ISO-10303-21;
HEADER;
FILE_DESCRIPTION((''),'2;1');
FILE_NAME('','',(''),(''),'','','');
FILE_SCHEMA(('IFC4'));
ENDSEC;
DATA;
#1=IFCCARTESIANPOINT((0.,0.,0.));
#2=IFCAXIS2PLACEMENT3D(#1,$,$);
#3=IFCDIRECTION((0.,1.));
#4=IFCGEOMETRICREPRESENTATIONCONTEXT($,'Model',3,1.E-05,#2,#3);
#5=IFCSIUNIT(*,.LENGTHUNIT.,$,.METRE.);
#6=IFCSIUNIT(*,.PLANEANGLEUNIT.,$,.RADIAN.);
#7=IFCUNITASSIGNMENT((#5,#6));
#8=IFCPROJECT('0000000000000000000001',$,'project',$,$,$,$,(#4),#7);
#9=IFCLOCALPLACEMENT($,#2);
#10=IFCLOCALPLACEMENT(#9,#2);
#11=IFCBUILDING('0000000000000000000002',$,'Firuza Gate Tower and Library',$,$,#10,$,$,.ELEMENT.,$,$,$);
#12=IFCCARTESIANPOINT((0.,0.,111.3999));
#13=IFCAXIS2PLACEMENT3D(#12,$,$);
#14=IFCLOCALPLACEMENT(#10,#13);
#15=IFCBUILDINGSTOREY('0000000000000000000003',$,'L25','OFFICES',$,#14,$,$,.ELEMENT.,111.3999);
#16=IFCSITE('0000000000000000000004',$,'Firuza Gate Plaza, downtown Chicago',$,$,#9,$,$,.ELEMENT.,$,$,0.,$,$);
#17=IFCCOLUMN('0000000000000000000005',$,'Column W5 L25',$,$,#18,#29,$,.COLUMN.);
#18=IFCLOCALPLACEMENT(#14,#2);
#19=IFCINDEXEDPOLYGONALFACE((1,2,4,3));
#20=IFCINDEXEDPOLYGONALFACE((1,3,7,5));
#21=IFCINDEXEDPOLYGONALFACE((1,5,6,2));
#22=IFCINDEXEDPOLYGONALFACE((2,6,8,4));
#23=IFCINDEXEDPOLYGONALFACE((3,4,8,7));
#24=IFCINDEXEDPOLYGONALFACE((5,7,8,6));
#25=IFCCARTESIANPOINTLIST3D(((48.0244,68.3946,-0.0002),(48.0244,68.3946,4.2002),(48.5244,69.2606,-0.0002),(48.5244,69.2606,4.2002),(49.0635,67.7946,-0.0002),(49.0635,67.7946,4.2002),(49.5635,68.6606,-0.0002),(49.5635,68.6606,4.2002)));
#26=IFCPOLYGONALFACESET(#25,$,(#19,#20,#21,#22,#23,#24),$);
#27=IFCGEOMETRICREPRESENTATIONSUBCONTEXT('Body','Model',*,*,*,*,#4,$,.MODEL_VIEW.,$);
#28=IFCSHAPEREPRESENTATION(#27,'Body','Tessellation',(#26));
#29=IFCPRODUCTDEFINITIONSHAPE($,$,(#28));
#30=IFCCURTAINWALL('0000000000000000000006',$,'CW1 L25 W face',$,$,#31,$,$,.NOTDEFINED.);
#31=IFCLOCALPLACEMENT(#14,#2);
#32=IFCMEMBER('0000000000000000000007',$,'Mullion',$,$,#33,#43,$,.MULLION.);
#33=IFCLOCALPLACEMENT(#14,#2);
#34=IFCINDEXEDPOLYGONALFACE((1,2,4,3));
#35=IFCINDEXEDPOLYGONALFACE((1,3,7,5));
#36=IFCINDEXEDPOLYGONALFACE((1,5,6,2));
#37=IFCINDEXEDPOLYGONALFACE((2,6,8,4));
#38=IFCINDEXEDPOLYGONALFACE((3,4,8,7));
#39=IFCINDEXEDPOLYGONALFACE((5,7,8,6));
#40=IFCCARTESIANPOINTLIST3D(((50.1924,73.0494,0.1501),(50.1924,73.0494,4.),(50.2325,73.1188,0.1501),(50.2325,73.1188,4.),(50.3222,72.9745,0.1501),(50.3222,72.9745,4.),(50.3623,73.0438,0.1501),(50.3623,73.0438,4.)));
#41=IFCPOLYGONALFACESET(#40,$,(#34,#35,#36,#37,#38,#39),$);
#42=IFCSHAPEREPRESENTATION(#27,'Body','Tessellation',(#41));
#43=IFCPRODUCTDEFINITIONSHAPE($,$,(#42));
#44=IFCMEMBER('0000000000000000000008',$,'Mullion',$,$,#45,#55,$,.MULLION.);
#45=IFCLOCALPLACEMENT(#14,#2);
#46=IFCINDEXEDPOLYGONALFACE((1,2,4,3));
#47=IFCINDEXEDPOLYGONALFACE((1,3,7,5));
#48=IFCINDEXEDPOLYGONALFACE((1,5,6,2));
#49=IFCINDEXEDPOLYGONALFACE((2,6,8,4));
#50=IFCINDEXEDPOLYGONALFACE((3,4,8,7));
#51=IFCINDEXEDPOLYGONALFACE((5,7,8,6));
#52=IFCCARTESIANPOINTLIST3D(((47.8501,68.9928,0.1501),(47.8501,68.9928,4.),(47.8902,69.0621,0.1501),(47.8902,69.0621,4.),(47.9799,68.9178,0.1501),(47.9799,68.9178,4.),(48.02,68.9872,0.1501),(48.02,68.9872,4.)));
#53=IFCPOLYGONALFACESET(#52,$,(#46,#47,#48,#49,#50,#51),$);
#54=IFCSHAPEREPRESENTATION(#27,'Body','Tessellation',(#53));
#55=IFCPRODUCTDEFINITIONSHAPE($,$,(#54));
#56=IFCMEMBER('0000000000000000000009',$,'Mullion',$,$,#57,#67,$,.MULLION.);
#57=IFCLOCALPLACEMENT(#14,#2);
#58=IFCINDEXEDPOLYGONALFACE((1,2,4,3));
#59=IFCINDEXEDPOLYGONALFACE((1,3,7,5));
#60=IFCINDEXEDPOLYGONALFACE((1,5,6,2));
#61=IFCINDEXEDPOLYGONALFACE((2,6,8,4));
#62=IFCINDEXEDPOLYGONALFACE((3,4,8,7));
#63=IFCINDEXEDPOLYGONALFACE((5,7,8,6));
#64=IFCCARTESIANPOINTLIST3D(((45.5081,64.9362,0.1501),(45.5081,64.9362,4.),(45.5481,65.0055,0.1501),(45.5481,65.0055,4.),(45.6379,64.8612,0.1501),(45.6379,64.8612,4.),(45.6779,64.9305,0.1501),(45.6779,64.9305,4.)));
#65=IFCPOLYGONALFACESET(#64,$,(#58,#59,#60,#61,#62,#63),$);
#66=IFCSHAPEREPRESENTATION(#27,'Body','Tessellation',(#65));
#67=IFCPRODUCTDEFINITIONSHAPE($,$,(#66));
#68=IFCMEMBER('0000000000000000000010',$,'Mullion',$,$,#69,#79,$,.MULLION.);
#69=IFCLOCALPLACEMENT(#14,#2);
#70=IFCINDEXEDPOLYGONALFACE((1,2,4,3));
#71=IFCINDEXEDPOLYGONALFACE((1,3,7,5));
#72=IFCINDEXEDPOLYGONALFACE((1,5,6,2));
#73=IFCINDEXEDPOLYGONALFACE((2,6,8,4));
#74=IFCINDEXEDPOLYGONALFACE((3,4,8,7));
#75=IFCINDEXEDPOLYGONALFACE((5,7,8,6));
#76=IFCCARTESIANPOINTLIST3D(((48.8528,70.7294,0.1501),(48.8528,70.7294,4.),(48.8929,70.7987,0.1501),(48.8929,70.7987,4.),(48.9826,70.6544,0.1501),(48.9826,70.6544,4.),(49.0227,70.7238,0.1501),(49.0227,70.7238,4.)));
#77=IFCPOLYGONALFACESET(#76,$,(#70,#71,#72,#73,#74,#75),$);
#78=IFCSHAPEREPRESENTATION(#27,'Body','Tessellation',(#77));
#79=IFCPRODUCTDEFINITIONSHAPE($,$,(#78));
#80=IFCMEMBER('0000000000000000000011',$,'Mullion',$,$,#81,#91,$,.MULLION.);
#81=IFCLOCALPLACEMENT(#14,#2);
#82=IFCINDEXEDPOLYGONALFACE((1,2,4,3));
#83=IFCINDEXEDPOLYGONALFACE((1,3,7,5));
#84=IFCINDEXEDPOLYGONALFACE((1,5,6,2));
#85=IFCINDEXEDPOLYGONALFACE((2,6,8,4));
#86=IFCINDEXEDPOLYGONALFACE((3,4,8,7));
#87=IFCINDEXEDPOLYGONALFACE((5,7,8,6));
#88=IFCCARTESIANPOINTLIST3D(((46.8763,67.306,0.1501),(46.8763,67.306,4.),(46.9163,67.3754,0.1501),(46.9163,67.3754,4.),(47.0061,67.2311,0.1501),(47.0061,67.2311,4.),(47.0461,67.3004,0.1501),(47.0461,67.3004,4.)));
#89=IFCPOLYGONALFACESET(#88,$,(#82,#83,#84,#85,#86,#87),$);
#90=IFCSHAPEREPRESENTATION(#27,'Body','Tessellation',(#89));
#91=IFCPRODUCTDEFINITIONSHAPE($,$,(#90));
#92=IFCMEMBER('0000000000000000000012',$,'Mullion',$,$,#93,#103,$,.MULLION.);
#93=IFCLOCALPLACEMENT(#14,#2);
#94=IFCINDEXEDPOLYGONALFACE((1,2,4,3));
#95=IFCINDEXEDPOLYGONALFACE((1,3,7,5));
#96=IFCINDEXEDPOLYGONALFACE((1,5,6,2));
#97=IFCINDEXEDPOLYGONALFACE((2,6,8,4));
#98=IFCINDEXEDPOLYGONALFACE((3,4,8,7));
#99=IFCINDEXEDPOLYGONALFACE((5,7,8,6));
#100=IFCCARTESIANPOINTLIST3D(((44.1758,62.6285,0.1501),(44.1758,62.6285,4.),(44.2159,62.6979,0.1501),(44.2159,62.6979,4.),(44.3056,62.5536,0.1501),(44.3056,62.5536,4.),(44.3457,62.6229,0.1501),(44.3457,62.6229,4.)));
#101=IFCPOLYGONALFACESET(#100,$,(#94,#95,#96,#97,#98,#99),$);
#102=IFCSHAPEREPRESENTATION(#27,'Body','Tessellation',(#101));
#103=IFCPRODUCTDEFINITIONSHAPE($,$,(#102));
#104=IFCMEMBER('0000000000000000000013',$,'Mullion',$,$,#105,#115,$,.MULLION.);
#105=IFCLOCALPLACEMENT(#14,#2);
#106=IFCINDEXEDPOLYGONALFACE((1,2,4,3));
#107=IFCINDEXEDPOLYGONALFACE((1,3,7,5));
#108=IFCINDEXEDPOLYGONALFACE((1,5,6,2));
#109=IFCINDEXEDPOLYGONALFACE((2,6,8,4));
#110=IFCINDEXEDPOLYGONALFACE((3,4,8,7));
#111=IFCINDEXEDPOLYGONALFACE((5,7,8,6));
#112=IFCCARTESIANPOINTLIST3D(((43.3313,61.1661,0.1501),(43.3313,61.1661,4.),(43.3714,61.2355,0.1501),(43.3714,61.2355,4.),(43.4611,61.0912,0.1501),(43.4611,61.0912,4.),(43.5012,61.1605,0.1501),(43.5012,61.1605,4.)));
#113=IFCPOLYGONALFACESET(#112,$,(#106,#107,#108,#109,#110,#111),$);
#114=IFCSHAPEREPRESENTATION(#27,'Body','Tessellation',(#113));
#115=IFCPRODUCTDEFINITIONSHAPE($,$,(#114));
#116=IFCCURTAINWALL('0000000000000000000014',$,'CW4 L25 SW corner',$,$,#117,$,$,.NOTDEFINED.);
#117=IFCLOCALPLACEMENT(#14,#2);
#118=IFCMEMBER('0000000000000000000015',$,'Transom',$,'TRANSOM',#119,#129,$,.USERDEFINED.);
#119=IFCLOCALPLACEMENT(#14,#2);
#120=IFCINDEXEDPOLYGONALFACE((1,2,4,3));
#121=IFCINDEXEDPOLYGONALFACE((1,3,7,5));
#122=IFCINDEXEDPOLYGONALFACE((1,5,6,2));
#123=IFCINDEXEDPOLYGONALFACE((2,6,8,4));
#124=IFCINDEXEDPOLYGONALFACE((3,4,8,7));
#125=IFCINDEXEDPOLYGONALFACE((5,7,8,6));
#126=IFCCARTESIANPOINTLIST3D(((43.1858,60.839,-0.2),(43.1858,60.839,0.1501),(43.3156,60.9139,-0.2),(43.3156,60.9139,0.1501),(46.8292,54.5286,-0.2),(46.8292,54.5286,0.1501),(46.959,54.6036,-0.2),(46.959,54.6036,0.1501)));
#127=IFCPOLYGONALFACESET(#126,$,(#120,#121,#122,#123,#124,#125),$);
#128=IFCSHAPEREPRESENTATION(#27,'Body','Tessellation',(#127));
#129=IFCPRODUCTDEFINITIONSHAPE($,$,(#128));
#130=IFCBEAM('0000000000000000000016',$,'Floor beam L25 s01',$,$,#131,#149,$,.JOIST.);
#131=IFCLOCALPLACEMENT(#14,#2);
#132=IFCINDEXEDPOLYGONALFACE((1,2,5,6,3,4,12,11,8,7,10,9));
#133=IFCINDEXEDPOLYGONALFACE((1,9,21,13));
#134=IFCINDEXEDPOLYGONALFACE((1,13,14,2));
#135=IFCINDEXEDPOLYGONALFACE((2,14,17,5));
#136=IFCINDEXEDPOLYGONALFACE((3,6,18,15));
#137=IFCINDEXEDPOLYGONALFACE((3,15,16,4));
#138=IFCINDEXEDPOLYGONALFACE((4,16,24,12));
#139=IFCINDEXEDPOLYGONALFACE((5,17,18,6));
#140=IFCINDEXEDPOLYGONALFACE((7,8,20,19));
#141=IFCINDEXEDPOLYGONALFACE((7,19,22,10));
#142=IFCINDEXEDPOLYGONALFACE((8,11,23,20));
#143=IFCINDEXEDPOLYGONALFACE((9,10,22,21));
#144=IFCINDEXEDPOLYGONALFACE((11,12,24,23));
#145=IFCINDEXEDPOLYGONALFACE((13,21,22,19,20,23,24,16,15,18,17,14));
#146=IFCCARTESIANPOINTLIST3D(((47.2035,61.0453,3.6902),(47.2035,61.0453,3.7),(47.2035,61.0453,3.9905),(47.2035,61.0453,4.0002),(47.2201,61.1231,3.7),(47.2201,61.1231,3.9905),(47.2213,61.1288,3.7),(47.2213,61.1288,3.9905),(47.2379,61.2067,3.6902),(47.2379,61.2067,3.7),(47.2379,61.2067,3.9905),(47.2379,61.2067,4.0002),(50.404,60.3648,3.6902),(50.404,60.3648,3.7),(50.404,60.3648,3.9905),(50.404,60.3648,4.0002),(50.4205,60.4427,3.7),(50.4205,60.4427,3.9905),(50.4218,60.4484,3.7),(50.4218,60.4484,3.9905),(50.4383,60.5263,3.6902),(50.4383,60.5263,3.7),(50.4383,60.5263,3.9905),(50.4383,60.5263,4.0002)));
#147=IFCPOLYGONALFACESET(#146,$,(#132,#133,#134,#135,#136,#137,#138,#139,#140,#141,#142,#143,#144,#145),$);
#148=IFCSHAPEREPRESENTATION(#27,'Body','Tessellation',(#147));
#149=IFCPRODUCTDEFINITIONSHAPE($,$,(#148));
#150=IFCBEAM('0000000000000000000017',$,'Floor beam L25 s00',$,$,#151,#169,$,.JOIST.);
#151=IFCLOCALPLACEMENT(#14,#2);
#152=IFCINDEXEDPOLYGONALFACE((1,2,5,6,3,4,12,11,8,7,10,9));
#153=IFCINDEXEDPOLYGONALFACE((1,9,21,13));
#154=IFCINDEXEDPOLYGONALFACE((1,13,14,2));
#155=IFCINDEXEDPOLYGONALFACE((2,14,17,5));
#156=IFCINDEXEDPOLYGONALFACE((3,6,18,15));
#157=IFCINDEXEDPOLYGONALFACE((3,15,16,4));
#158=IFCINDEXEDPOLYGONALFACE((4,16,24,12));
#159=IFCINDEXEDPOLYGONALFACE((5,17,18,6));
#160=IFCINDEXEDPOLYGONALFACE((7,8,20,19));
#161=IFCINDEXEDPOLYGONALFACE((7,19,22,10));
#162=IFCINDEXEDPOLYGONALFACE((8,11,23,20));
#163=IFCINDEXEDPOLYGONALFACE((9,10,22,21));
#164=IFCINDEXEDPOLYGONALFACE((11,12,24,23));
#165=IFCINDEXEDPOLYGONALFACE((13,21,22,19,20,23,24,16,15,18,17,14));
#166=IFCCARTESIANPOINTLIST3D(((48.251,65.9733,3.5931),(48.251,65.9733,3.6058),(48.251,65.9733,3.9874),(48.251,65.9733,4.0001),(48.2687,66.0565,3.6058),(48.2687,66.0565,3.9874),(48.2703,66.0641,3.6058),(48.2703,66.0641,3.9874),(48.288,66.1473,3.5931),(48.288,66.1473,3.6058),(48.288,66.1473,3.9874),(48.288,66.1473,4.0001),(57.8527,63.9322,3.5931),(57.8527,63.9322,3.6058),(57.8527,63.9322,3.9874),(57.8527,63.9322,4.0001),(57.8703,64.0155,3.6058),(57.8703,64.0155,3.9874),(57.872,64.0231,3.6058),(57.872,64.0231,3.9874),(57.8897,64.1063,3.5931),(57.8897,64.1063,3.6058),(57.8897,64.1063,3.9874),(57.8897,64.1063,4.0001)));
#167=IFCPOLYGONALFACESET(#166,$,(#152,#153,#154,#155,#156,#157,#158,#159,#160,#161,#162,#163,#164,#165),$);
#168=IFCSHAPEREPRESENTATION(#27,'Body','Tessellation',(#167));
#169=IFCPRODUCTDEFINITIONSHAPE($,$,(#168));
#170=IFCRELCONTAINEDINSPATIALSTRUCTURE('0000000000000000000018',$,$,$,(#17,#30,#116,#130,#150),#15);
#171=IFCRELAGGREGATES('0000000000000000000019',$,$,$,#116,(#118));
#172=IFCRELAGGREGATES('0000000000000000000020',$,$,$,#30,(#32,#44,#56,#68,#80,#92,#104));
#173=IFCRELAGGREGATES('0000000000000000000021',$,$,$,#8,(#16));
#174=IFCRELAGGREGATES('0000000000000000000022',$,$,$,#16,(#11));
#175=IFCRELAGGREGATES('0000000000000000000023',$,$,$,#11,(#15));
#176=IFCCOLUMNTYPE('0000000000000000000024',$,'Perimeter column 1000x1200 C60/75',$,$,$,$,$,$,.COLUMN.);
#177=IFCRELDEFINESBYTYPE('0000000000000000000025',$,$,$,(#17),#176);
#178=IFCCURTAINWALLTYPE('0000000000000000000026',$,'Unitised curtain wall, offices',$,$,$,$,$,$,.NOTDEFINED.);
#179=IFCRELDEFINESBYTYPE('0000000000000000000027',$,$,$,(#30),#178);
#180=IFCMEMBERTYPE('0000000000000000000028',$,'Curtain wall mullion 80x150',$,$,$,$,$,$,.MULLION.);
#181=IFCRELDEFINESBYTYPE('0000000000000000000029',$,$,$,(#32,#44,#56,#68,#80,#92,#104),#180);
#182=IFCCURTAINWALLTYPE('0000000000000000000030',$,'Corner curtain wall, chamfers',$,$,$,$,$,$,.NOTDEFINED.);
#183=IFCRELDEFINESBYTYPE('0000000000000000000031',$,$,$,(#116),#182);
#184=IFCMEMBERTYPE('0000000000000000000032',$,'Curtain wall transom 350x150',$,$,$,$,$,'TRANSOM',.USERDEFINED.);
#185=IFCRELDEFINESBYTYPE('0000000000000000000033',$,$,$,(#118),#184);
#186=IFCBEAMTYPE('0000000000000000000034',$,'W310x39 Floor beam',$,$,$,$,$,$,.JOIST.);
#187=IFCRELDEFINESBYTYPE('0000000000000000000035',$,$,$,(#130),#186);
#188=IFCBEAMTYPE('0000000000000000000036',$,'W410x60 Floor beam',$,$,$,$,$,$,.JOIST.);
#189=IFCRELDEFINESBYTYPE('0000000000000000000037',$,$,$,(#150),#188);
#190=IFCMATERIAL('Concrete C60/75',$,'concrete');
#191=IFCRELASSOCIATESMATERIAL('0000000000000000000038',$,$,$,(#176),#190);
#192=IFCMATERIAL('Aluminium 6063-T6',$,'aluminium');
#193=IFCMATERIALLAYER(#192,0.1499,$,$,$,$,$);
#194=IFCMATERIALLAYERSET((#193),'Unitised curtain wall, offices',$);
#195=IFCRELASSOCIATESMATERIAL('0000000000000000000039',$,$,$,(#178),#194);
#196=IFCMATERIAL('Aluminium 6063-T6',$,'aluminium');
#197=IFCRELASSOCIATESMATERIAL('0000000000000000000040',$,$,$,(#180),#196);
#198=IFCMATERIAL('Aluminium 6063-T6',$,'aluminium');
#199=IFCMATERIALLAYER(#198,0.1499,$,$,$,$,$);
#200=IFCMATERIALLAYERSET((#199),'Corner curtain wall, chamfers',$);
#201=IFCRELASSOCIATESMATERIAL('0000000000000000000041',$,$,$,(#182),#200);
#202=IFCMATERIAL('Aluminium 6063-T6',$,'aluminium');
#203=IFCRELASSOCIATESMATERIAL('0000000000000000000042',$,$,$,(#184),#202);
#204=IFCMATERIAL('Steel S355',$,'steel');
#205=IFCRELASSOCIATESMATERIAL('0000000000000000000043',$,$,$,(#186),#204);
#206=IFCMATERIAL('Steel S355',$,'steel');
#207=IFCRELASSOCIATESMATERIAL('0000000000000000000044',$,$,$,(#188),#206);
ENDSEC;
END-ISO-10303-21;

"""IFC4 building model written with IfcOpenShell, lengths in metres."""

from ifc_helpers import new_model, si_unit, direction, frame, origin, origin_2d, place, context, subcontext, project, spatial, rectangle, i_section, extrude, material, layer, layer_set, material_profile, profile_set, type_object, element, aggregate, save


model = new_model("IFC4")

# Units and contexts
model_context = context("Model", 3, precision=1e-05, world=origin(), true_north=direction((0.0, 1.0)))
body_context = subcontext(model_context, "Body", "Model", "MODEL_VIEW")
ifc_project = project(units=[si_unit("LENGTHUNIT", "METRE"), si_unit("PLANEANGLEUNIT", "RADIAN")], contexts=[model_context])

# Site, building, storey
site_placement = place(None, origin())
site = spatial("IfcSite", under=ifc_project, at=site_placement, Name="Firuza Gate Plaza, downtown Chicago", CompositionType="ELEMENT", RefElevation=0.0)
building_placement = place(site_placement, origin())
building = spatial("IfcBuilding", under=site, at=building_placement, Name="Firuza Gate Tower and Library", CompositionType="ELEMENT")
storey_placement = place(building_placement, frame((0.0, 0.0, 111.3999)))
storey = spatial("IfcBuildingStorey", under=building, at=storey_placement, Name="L25", Description="OFFICES", CompositionType="ELEMENT", Elevation=111.3999)

# Column
ifc_material_1 = material(Name="Concrete C60/75", Category="concrete")
ifc_material_profile_1 = material_profile(ifc_material_1, rectangle(XDim=1.0, YDim=1.2, at=origin_2d()))
ifc_profile_set_1 = profile_set([ifc_material_profile_1], Name="Concrete C60/75")
column_type = type_object("IfcColumnType", Name="Perimeter column 1000x1200 C60/75", PredefinedType="COLUMN", material=ifc_profile_set_1)
column_placement = place(storey_placement, frame((48.7939, 68.5276, -0.0002), z_axis=(0.0, 0.0, 1.0), x_axis=(-0.5, -0.866025, 0.0)))
element("IfcColumn", 1, at=column_placement, inside=storey, type_object=column_type, Name="Column W5 L25", PredefinedType="COLUMN", context=body_context, shape_type="SweptSolid", body=[
    extrude(rectangle(XDim=1.0, YDim=1.2, at=origin_2d()), origin(), (0.0, 0.0, 1.0), 4.2004),
])

# Curtain wall, members
ifc_material_2 = material(Name="Aluminium 6063-T6", Category="aluminium")
ifc_layer_1 = layer(ifc_material_2, 0.1499)
ifc_layer_set_1 = layer_set([ifc_layer_1], Name="Unitised curtain wall, offices")
curtain_wall_type_1 = type_object("IfcCurtainWallType", Name="Unitised curtain wall, offices", PredefinedType="NOTDEFINED", material=ifc_layer_set_1)
placement = place(storey_placement, origin())
curtain_wall_1 = element("IfcCurtainWall", 2, at=placement, inside=storey, type_object=curtain_wall_type_1, Name="CW1 L25 W face", PredefinedType="NOTDEFINED")
ifc_material_3 = material(Name="Aluminium 6063-T6", Category="aluminium")
ifc_material_profile_2 = material_profile(ifc_material_3, rectangle(XDim=0.1499, YDim=0.0801, at=origin_2d()))
ifc_profile_set_2 = profile_set([ifc_material_profile_2], Name="Aluminium 6063-T6")
member_type_1 = type_object("IfcMemberType", Name="Curtain wall mullion 80x150", PredefinedType="MULLION", material=ifc_profile_set_2)
member_1_placement = place(storey_placement, frame((50.2773, 73.0466, 0.1501), z_axis=(0.0, 0.0, 1.0), x_axis=(0.866025, -0.5, 0.0)))
member_1 = element("IfcMember", 3, at=member_1_placement, type_object=member_type_1, Name="Mullion", PredefinedType="MULLION", context=body_context, shape_type="SweptSolid", body=[
    extrude(rectangle(XDim=0.1499, YDim=0.0801, at=origin_2d()), origin(), (0.0, 0.0, 1.0), 3.8499),
])
member_2_placement = place(storey_placement, frame((47.9351, 68.99, 0.1501), z_axis=(0.0, 0.0, 1.0), x_axis=(0.866025, -0.5, 0.0)))
member_2 = element("IfcMember", 4, at=member_2_placement, type_object=member_type_1, Name="Mullion", PredefinedType="MULLION", context=body_context, shape_type="SweptSolid", body=[
    extrude(rectangle(XDim=0.1499, YDim=0.0801, at=origin_2d()), origin(), (0.0, 0.0, 1.0), 3.8499),
])
member_3_placement = place(storey_placement, frame((45.593, 64.9333, 0.1501), z_axis=(0.0, 0.0, 1.0), x_axis=(0.866025, -0.5, 0.0)))
member_3 = element("IfcMember", 5, at=member_3_placement, type_object=member_type_1, Name="Mullion", PredefinedType="MULLION", context=body_context, shape_type="SweptSolid", body=[
    extrude(rectangle(XDim=0.1499, YDim=0.0801, at=origin_2d()), origin(), (0.0, 0.0, 1.0), 3.8499),
])
member_4_placement = place(storey_placement, frame((48.9377, 70.7266, 0.1501), z_axis=(0.0, 0.0, 1.0), x_axis=(0.866025, -0.5, 0.0)))
member_4 = element("IfcMember", 6, at=member_4_placement, type_object=member_type_1, Name="Mullion", PredefinedType="MULLION", context=body_context, shape_type="SweptSolid", body=[
    extrude(rectangle(XDim=0.1499, YDim=0.0801, at=origin_2d()), origin(), (0.0, 0.0, 1.0), 3.8499),
])
member_5_placement = place(storey_placement, frame((46.9612, 67.3032, 0.1501), z_axis=(0.0, 0.0, 1.0), x_axis=(0.866025, -0.5, 0.0)))
member_5 = element("IfcMember", 7, at=member_5_placement, type_object=member_type_1, Name="Mullion", PredefinedType="MULLION", context=body_context, shape_type="SweptSolid", body=[
    extrude(rectangle(XDim=0.1499, YDim=0.0801, at=origin_2d()), origin(), (0.0, 0.0, 1.0), 3.8499),
])
member_6_placement = place(storey_placement, frame((44.2607, 62.6257, 0.1501), z_axis=(0.0, 0.0, 1.0), x_axis=(0.866025, -0.5, 0.0)))
member_6 = element("IfcMember", 8, at=member_6_placement, type_object=member_type_1, Name="Mullion", PredefinedType="MULLION", context=body_context, shape_type="SweptSolid", body=[
    extrude(rectangle(XDim=0.1499, YDim=0.0801, at=origin_2d()), origin(), (0.0, 0.0, 1.0), 3.8499),
])
member_7_placement = place(storey_placement, frame((43.4163, 61.1633, 0.1501), z_axis=(0.0, 0.0, 1.0), x_axis=(0.866025, -0.5, 0.0)))
member_7 = element("IfcMember", 9, at=member_7_placement, type_object=member_type_1, Name="Mullion", PredefinedType="MULLION", context=body_context, shape_type="SweptSolid", body=[
    extrude(rectangle(XDim=0.1499, YDim=0.0801, at=origin_2d()), origin(), (0.0, 0.0, 1.0), 3.8499),
])

# Curtain wall, member
ifc_material_4 = material(Name="Aluminium 6063-T6", Category="aluminium")
ifc_layer_2 = layer(ifc_material_4, 0.1499)
ifc_layer_set_2 = layer_set([ifc_layer_2], Name="Corner curtain wall, chamfers")
curtain_wall_type_2 = type_object("IfcCurtainWallType", Name="Corner curtain wall, chamfers", PredefinedType="NOTDEFINED", material=ifc_layer_set_2)
curtain_wall_2 = element("IfcCurtainWall", 10, at=placement, inside=storey, type_object=curtain_wall_type_2, Name="CW4 L25 SW corner", PredefinedType="NOTDEFINED")
ifc_material_5 = material(Name="Aluminium 6063-T6", Category="aluminium")
ifc_material_profile_3 = material_profile(ifc_material_5, rectangle(XDim=0.1499, YDim=0.3501, at=origin_2d()))
ifc_profile_set_3 = profile_set([ifc_material_profile_3], Name="Aluminium 6063-T6")
member_type_2 = type_object("IfcMemberType", Name="Curtain wall transom 350x150", ElementType="TRANSOM", PredefinedType="USERDEFINED", material=ifc_profile_set_3)
member_8_placement = place(storey_placement, frame((43.2507, 60.8765, -0.0249), z_axis=(0.500006, -0.866022, 0.0), x_axis=(0.866022, 0.500006, 0.0)))
member_8 = element("IfcMember", 11, at=member_8_placement, type_object=member_type_2, Name="Transom", ObjectType="TRANSOM", PredefinedType="USERDEFINED", context=body_context, shape_type="SweptSolid", body=[
    extrude(rectangle(XDim=0.1499, YDim=0.3501, at=origin_2d()), origin(), (0.0, 0.0, 1.0), 7.2866),
])
aggregate(curtain_wall_2, [member_8])

# Beams
ifc_material_6 = material(Name="Steel S355", Category="steel")
ifc_material_profile_4 = material_profile(ifc_material_6, i_section(OverallWidth=0.165, OverallDepth=0.3101, WebThickness=0.0059, FlangeThickness=0.0098, at=origin_2d()))
ifc_profile_set_4 = profile_set([ifc_material_profile_4], Name="Steel S355")
beam_type_1 = type_object("IfcBeamType", Name="W310x39 Floor beam", PredefinedType="JOIST", material=ifc_profile_set_4)
beam_1_placement = place(storey_placement, frame((47.2207, 61.126, 3.8452), z_axis=(0.978139, -0.207954, 0.0), x_axis=(0.207954, 0.978139, 0.0)))
element("IfcBeam", 12, at=beam_1_placement, inside=storey, type_object=beam_type_1, Name="Floor beam L25 s01", PredefinedType="JOIST", context=body_context, shape_type="SweptSolid", body=[
    extrude(i_section(OverallWidth=0.165, OverallDepth=0.3101, WebThickness=0.0059, FlangeThickness=0.0098, at=origin_2d()), origin(), (0.0, 0.0, 1.0), 3.272),
])
ifc_material_7 = material(Name="Steel S355", Category="steel")
ifc_material_profile_5 = material_profile(ifc_material_7, i_section(OverallWidth=0.178, OverallDepth=0.407, WebThickness=0.0078, FlangeThickness=0.0127, at=origin_2d()))
ifc_profile_set_5 = profile_set([ifc_material_profile_5], Name="Steel S355")
beam_type_2 = type_object("IfcBeamType", Name="W410x60 Floor beam", PredefinedType="JOIST", material=ifc_profile_set_5)
beam_2_placement = place(storey_placement, frame((48.2695, 66.0603, 3.7966), z_axis=(0.978145, -0.207925, 0.0), x_axis=(0.207925, 0.978145, 0.0)))
element("IfcBeam", 13, at=beam_2_placement, inside=storey, type_object=beam_type_2, Name="Floor beam L25 s00", PredefinedType="JOIST", context=body_context, shape_type="SweptSolid", body=[
    extrude(i_section(OverallWidth=0.178, OverallDepth=0.407, WebThickness=0.0078, FlangeThickness=0.0127, at=origin_2d()), origin(), (0.0, 0.0, 1.0), 9.8162),
])

aggregate(curtain_wall_1, [member_1, member_2, member_3, member_4, member_5, member_6, member_7])

save(model, "model.ifc")
